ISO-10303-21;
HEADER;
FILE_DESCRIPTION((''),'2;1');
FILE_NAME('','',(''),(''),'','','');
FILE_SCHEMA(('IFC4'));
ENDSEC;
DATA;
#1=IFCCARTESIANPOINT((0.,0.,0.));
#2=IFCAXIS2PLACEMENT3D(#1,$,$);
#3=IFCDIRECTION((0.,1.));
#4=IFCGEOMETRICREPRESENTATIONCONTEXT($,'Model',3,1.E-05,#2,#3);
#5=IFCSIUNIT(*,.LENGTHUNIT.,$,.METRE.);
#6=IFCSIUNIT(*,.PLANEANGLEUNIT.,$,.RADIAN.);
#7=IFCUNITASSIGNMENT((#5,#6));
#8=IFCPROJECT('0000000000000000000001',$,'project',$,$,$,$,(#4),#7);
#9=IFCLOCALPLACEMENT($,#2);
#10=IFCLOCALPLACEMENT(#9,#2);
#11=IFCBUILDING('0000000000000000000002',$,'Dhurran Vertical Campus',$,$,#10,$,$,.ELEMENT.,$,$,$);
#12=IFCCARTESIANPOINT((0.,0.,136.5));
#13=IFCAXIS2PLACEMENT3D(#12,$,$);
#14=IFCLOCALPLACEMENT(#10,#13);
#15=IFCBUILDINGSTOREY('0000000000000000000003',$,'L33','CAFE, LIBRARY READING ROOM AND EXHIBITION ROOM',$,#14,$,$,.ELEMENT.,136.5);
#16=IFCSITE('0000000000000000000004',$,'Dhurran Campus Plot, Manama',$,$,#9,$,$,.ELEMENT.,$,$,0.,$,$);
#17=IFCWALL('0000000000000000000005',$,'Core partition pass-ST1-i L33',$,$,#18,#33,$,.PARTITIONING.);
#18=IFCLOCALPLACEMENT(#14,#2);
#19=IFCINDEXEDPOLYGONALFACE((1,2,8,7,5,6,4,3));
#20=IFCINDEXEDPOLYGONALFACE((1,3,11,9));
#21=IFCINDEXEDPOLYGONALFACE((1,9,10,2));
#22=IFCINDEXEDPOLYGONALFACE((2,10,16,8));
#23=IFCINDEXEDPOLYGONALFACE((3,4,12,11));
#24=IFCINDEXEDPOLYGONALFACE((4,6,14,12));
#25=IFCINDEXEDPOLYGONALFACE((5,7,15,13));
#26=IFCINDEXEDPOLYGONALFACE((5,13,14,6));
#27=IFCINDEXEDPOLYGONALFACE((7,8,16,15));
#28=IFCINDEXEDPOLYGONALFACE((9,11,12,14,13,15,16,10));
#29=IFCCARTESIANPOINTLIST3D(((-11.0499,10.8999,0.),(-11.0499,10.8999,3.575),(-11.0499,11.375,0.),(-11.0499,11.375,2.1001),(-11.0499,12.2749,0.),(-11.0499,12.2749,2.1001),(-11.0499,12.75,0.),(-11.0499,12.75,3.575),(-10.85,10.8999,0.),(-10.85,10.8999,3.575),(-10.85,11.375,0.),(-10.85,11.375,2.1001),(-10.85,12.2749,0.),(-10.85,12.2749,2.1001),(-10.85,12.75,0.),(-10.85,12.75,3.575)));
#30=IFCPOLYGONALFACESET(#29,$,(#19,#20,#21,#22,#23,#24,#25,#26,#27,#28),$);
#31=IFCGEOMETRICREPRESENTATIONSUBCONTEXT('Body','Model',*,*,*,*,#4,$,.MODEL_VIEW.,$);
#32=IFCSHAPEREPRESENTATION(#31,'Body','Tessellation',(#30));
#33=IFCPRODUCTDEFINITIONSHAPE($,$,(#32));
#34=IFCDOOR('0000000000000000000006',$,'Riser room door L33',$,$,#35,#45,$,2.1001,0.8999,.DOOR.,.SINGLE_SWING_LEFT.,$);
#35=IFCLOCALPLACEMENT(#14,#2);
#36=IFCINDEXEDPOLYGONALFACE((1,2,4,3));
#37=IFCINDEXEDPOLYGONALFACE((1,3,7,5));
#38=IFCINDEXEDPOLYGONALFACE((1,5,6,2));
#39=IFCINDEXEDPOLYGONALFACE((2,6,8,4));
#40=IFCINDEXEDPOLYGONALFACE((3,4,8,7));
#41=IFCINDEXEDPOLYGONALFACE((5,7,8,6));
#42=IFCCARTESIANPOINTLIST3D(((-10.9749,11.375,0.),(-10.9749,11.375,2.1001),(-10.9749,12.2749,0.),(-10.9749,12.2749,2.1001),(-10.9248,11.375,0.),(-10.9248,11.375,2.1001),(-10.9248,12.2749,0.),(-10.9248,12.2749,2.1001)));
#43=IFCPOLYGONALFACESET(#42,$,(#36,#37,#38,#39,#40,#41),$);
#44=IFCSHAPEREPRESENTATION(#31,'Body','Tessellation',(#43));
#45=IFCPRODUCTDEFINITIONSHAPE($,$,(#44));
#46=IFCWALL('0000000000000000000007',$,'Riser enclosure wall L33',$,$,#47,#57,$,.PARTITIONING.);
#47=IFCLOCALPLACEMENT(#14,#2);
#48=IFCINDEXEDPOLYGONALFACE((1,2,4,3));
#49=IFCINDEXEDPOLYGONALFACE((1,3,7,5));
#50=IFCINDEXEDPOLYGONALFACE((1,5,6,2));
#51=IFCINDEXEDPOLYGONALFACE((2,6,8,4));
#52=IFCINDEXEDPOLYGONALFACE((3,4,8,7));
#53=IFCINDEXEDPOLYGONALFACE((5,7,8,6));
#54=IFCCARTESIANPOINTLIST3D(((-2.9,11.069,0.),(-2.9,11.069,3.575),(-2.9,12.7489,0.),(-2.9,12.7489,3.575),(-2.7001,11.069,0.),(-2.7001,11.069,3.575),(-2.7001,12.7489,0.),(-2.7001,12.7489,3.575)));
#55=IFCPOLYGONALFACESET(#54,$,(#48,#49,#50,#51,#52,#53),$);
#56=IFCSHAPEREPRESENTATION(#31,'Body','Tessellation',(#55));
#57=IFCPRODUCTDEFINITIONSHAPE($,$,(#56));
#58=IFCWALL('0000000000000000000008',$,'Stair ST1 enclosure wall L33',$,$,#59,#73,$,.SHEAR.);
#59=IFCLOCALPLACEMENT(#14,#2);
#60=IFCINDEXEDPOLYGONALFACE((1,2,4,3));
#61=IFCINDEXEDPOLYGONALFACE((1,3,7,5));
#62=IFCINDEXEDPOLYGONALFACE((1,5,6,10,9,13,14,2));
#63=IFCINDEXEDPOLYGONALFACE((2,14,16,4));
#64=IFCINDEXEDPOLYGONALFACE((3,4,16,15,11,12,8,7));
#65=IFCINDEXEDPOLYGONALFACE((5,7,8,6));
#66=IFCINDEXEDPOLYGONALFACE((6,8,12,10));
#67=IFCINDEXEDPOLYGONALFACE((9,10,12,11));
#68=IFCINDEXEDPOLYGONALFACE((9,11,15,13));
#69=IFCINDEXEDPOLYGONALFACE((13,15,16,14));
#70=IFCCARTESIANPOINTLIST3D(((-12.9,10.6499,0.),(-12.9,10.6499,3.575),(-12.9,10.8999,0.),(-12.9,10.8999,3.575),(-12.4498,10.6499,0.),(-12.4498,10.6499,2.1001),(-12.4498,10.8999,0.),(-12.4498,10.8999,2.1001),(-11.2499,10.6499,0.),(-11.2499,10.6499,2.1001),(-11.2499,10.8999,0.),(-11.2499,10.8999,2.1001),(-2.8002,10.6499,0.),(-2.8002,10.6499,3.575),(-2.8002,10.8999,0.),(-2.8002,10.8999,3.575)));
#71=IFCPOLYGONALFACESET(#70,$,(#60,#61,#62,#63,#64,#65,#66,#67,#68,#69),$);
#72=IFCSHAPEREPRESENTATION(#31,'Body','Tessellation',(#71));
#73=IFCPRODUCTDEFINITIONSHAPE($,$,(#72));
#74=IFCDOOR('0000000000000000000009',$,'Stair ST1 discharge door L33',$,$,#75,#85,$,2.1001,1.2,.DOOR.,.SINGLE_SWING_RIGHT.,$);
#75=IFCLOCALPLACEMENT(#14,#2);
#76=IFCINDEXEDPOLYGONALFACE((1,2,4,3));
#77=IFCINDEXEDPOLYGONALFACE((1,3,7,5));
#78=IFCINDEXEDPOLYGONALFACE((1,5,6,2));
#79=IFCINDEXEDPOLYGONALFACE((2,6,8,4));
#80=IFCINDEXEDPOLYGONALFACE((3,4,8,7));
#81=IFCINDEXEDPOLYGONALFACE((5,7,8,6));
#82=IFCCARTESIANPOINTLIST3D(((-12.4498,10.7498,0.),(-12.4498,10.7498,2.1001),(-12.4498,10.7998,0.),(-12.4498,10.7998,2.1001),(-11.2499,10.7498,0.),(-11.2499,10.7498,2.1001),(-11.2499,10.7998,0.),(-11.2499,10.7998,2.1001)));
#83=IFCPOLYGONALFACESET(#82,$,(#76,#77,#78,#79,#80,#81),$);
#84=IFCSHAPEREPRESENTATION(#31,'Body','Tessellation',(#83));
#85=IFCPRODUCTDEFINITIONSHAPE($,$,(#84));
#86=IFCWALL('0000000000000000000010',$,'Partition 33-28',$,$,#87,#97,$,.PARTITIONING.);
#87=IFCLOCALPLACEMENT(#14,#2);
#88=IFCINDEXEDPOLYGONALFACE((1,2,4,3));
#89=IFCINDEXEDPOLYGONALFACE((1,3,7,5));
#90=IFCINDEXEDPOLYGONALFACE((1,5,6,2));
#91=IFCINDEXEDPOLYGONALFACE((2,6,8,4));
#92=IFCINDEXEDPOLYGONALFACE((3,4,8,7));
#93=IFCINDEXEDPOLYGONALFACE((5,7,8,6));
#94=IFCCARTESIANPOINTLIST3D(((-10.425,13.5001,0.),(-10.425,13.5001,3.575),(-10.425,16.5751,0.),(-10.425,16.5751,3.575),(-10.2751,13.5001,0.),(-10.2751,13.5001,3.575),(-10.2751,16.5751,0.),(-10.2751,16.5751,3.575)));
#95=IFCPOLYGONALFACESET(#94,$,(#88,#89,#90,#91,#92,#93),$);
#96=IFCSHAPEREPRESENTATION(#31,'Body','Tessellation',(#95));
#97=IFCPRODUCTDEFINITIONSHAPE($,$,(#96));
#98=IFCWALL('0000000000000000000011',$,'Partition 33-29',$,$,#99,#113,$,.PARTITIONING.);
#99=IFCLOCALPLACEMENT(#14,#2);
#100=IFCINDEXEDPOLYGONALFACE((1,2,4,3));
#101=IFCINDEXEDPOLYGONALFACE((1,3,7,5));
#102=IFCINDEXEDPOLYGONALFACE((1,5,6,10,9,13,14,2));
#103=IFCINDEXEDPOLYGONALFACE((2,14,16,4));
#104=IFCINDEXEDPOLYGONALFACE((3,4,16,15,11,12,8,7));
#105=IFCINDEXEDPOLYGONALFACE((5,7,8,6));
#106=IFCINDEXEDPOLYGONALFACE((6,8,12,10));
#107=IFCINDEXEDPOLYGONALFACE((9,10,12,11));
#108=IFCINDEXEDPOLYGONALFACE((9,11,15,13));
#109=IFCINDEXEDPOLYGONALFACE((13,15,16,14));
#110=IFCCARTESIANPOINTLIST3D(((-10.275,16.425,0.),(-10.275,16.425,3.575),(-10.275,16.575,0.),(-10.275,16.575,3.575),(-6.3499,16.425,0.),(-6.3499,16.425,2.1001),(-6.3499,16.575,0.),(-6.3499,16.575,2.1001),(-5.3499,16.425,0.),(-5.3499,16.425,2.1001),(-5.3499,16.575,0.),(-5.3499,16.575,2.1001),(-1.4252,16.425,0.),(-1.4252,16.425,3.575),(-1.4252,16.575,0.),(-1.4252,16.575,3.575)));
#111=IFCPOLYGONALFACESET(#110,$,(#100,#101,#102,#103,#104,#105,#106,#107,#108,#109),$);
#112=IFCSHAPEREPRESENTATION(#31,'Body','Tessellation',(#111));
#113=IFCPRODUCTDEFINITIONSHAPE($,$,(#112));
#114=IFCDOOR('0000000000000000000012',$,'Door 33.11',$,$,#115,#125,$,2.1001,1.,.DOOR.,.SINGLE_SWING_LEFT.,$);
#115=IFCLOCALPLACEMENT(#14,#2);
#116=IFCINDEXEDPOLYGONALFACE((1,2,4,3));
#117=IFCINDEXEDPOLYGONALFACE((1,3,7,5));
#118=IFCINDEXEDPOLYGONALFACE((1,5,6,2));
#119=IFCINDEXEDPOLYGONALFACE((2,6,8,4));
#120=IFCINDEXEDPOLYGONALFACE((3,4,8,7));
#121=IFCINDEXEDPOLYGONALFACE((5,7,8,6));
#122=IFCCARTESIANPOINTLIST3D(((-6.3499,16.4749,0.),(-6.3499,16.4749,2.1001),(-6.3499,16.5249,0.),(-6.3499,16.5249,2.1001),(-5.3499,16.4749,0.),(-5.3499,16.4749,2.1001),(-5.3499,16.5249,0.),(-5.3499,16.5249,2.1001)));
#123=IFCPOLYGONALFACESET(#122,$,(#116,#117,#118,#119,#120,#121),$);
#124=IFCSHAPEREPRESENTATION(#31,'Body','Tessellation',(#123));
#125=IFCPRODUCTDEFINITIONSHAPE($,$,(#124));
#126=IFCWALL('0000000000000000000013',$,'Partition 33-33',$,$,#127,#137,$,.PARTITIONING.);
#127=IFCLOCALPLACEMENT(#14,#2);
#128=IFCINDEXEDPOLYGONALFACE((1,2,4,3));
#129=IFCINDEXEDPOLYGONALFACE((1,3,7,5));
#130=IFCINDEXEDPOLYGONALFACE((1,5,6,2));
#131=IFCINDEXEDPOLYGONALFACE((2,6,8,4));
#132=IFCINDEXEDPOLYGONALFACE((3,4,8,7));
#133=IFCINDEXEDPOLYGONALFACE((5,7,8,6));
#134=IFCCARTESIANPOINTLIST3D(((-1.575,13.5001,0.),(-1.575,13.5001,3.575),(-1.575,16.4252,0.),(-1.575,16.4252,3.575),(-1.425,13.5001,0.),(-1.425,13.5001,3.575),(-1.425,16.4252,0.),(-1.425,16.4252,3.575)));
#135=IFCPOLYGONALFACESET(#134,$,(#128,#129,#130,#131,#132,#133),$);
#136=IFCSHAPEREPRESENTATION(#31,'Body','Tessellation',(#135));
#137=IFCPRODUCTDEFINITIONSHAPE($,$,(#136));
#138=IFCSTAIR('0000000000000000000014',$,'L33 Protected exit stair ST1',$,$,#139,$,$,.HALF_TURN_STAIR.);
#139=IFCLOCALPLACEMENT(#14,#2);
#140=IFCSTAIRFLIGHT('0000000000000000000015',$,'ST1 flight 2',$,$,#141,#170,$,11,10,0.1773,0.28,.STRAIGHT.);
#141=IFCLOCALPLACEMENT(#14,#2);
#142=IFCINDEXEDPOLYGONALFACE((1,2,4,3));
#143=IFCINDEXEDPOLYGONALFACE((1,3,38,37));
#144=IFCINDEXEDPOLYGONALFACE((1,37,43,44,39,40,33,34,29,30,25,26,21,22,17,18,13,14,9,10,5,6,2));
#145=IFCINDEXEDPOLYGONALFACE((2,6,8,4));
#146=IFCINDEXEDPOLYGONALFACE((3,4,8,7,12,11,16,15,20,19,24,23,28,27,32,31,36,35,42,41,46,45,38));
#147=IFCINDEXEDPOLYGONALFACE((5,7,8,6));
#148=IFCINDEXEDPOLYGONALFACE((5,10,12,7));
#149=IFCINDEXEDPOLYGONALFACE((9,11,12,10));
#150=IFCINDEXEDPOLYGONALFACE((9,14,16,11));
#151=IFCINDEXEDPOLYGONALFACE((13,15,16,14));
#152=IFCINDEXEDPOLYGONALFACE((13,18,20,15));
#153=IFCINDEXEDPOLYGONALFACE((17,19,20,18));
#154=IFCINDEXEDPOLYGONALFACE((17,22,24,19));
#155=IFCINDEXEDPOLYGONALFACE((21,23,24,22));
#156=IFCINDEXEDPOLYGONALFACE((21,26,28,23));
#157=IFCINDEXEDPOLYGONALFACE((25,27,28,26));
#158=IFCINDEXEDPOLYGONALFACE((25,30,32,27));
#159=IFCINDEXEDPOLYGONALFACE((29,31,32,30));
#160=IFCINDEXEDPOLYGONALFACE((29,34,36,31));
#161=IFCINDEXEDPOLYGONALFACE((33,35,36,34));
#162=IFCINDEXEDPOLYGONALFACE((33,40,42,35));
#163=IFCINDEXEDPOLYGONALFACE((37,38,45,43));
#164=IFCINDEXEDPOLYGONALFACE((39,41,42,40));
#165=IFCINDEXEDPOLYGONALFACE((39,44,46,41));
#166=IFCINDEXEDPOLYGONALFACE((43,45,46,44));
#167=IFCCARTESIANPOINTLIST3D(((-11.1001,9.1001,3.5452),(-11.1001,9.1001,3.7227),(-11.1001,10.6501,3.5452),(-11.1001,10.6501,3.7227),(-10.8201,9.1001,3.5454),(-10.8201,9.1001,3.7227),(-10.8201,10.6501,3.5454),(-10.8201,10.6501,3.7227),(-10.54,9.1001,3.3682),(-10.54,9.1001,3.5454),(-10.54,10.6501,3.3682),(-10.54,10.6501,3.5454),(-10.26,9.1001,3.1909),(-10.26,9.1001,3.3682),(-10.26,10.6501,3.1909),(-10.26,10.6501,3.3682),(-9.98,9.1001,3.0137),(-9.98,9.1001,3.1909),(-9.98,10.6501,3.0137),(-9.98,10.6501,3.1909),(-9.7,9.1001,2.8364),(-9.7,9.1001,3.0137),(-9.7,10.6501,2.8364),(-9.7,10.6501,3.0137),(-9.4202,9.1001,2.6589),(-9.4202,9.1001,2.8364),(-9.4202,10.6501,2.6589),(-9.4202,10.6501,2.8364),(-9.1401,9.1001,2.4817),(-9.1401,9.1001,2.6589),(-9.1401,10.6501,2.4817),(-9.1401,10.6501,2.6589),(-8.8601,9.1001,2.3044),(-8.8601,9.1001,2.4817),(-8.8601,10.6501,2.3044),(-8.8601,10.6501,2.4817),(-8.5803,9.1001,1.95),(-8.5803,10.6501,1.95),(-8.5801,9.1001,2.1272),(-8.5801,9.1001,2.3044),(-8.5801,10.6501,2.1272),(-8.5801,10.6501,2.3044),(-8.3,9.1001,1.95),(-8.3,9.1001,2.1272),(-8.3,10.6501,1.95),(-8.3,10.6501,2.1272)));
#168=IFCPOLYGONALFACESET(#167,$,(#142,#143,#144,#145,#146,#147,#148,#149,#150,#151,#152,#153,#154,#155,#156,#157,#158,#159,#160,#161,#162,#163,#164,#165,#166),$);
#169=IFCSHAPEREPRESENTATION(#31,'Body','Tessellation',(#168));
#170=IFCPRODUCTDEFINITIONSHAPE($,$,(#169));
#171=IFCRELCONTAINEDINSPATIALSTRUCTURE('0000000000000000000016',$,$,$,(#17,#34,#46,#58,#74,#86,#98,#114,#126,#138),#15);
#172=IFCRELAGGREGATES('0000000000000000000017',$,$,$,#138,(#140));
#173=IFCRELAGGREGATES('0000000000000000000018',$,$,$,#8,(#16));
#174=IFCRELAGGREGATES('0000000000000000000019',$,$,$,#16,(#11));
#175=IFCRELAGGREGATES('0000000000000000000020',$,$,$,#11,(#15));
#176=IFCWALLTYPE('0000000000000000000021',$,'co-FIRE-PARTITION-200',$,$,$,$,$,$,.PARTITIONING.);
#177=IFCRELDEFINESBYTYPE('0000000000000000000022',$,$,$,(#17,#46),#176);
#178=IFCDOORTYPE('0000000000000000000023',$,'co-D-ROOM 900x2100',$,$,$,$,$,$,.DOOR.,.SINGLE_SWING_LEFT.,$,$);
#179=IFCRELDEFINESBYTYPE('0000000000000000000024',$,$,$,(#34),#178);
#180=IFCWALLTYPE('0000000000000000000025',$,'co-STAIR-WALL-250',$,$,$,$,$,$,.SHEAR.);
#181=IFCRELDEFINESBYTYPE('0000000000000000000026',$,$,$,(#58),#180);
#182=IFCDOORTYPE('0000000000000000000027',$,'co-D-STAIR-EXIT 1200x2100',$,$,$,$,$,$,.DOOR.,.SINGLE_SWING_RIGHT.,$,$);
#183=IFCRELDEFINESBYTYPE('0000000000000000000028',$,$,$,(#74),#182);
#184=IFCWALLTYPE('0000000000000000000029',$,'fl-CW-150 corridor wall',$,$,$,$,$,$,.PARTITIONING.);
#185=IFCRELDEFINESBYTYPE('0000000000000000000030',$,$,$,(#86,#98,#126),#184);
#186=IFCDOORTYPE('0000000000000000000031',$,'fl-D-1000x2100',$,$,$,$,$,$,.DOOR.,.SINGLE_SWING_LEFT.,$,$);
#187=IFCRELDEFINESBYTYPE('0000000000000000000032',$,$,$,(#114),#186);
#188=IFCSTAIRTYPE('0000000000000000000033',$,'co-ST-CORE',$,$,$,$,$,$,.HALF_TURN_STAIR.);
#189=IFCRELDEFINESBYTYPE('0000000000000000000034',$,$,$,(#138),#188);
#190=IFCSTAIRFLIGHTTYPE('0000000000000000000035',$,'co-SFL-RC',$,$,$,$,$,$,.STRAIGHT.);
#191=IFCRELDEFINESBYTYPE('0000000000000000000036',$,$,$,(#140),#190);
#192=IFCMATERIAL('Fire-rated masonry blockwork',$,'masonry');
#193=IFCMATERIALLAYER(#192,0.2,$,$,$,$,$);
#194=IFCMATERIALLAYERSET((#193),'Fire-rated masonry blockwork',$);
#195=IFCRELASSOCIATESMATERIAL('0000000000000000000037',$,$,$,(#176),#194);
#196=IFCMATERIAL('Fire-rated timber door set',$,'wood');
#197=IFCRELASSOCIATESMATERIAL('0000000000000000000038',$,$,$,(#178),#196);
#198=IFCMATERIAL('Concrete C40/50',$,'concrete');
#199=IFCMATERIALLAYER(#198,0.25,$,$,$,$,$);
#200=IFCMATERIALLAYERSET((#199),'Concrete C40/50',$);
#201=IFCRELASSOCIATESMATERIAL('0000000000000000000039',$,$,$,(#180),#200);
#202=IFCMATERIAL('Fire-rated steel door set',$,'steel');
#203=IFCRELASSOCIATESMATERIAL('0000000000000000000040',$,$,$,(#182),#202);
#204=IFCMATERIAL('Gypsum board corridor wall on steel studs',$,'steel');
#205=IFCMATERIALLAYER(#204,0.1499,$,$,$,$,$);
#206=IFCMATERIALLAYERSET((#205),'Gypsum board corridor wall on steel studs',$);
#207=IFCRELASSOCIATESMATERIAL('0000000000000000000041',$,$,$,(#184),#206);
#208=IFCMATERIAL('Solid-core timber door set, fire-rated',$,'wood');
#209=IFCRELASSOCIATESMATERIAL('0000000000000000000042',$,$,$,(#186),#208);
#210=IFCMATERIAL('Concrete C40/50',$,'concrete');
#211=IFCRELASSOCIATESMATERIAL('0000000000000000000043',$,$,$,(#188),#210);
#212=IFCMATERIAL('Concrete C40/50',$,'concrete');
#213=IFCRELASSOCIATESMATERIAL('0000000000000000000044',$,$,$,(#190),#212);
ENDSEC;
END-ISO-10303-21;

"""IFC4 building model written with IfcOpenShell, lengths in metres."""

from ifc_helpers import new_model, si_unit, direction, frame, frame_2d, origin, place, context, subcontext, project, spatial, polyline, rectangle, outline, extrude, material, layer, layer_set, type_object, element, fill, aggregate, save


model = new_model("IFC4")

# Units and contexts
model_context = context("Model", 3, precision=1e-05, world=origin(), true_north=direction((0.0, 1.0)))
body_context = subcontext(model_context, "Body", "Model", "MODEL_VIEW")
ifc_project = project(units=[si_unit("LENGTHUNIT", "METRE"), si_unit("PLANEANGLEUNIT", "RADIAN")], contexts=[model_context])

# Site, building, storey
site_placement = place(None, origin())
site = spatial("IfcSite", under=ifc_project, at=site_placement, Name="Dhurran Campus Plot, Manama", CompositionType="ELEMENT", RefElevation=0.0)
building_placement = place(site_placement, origin())
building = spatial("IfcBuilding", under=site, at=building_placement, Name="Dhurran Vertical Campus", CompositionType="ELEMENT")
storey_placement = place(building_placement, frame((0.0, 0.0, 136.5)))
storey = spatial("IfcBuildingStorey", under=building, at=storey_placement, Name="L33", Description="CAFE, LIBRARY READING ROOM AND EXHIBITION ROOM", CompositionType="ELEMENT", Elevation=136.5)

# Shared definitions
ifc_material_1 = material(Name="Fire-rated masonry blockwork", Category="masonry")
ifc_layer_1 = layer(ifc_material_1, 0.2)
ifc_layer_set_1 = layer_set([ifc_layer_1], Name="Fire-rated masonry blockwork")
wall_type_1 = type_object("IfcWallType", Name="co-FIRE-PARTITION-200", PredefinedType="PARTITIONING", material=ifc_layer_set_1)

# Wall, opening, door
wall_1_placement = place(storey_placement, frame((-10.95, 10.8999, 0.0), z_axis=(0.0, 0.0, 1.0), x_axis=(0.0, 1.0, 0.0)))
wall_1 = element("IfcWall", 1, at=wall_1_placement, inside=storey, type_object=wall_type_1, Name="Core partition pass-ST1-i L33", PredefinedType="PARTITIONING", context=body_context, shape_type="SweptSolid", body=[
    extrude(rectangle(XDim=1.8501, YDim=0.2, at=frame_2d((0.925, 0.0))), origin(), (0.0, 0.0, 1.0), 3.575),
])
opening_1_placement = place(wall_1_placement, frame((0.4751, 0.0, 0.0)))
opening_1 = element("IfcOpeningElement", 2, at=opening_1_placement, cuts=wall_1, PredefinedType="OPENING", context=body_context, shape_type="SweptSolid", body=[
    extrude(rectangle(XDim=0.8999, YDim=2.1001, at=frame_2d((0.45, 1.05))), frame((0.0, 0.1099, 0.0), z_axis=(0.0, -1.0, 0.0), x_axis=(1.0, 0.0, 0.0)), (0.0, 0.0, 1.0), 0.22),
])
ifc_material_2 = material(Name="Fire-rated timber door set", Category="wood")
door_type_1 = type_object("IfcDoorType", Name="co-D-ROOM 900x2100", OperationType="SINGLE_SWING_LEFT", PredefinedType="DOOR", material=ifc_material_2)
door_1_placement = place(opening_1_placement, origin())
door_1 = element("IfcDoor", 3, at=door_1_placement, inside=storey, type_object=door_type_1, Name="Riser room door L33", OperationType="SINGLE_SWING_LEFT", OverallHeight=2.1001, OverallWidth=0.8999, PredefinedType="DOOR", context=body_context, shape_type="SweptSolid", body=[
    extrude(rectangle(XDim=0.8999, YDim=2.1001, at=frame_2d((0.45, 1.05))), frame((0.0, 0.0249, 0.0), z_axis=(0.0, -1.0, 0.0), x_axis=(1.0, 0.0, 0.0)), (0.0, 0.0, 1.0), 0.05),
])
fill(opening_1, door_1)

# Wall
wall_2_placement = place(storey_placement, frame((-2.8, 11.0691, 0.0), z_axis=(0.0, 0.0, 1.0), x_axis=(0.0, 1.0, 0.0)))
element("IfcWall", 4, at=wall_2_placement, inside=storey, type_object=wall_type_1, Name="Riser enclosure wall L33", PredefinedType="PARTITIONING", context=body_context, shape_type="SweptSolid", body=[
    extrude(rectangle(XDim=1.6799, YDim=0.2, at=frame_2d((0.8398, 0.0))), origin(), (0.0, 0.0, 1.0), 3.575),
])

# Wall, opening, door
ifc_material_3 = material(Name="Concrete C40/50", Category="concrete")
ifc_layer_2 = layer(ifc_material_3, 0.25)
ifc_layer_set_2 = layer_set([ifc_layer_2], Name="Concrete C40/50")
wall_type_2 = type_object("IfcWallType", Name="co-STAIR-WALL-250", PredefinedType="SHEAR", material=ifc_layer_set_2)
wall_3_placement = place(storey_placement, frame((-12.8999, 10.7749, 0.0), z_axis=(0.0, 0.0, 1.0), x_axis=(1.0, 0.0, 0.0)))
wall_3 = element("IfcWall", 5, at=wall_3_placement, inside=storey, type_object=wall_type_2, Name="Stair ST1 enclosure wall L33", PredefinedType="SHEAR", context=body_context, shape_type="SweptSolid", body=[
    extrude(rectangle(XDim=10.0999, YDim=0.25, at=frame_2d((5.0498, 0.0))), origin(), (0.0, 0.0, 1.0), 3.575),
])
opening_2_placement = place(wall_3_placement, frame((0.45, 0.0, 0.0)))
opening_2 = element("IfcOpeningElement", 6, at=opening_2_placement, cuts=wall_3, PredefinedType="OPENING", context=body_context, shape_type="SweptSolid", body=[
    extrude(rectangle(XDim=1.2, YDim=2.1001, at=frame_2d((0.6001, 1.05))), frame((0.0, 0.135, 0.0), z_axis=(0.0, -1.0, 0.0), x_axis=(1.0, 0.0, 0.0)), (0.0, 0.0, 1.0), 0.27),
])
ifc_material_4 = material(Name="Fire-rated steel door set", Category="steel")
door_type_2 = type_object("IfcDoorType", Name="co-D-STAIR-EXIT 1200x2100", OperationType="SINGLE_SWING_RIGHT", PredefinedType="DOOR", material=ifc_material_4)
door_2_placement = place(opening_2_placement, origin())
door_2 = element("IfcDoor", 7, at=door_2_placement, inside=storey, type_object=door_type_2, Name="Stair ST1 discharge door L33", OperationType="SINGLE_SWING_RIGHT", OverallHeight=2.1001, OverallWidth=1.2, PredefinedType="DOOR", context=body_context, shape_type="SweptSolid", body=[
    extrude(rectangle(XDim=1.2, YDim=2.1001, at=frame_2d((0.6001, 1.05))), frame((0.0, 0.0249, 0.0), z_axis=(0.0, -1.0, 0.0), x_axis=(1.0, 0.0, 0.0)), (0.0, 0.0, 1.0), 0.05),
])
fill(opening_2, door_2)

# Wall
ifc_material_5 = material(Name="Gypsum board corridor wall on steel studs", Category="steel")
ifc_layer_3 = layer(ifc_material_5, 0.1499)
ifc_layer_set_3 = layer_set([ifc_layer_3], Name="Gypsum board corridor wall on steel studs")
wall_type_3 = type_object("IfcWallType", Name="fl-CW-150 corridor wall", PredefinedType="PARTITIONING", material=ifc_layer_set_3)
wall_4_placement = place(storey_placement, frame((-10.3501, 13.5, 0.0), z_axis=(0.0, 0.0, 1.0), x_axis=(0.0, 1.0, 0.0)))
element("IfcWall", 8, at=wall_4_placement, inside=storey, type_object=wall_type_3, Name="Partition 33-28", PredefinedType="PARTITIONING", context=body_context, shape_type="SweptSolid", body=[
    extrude(rectangle(XDim=3.075, YDim=0.1499, at=frame_2d((1.5376, 0.0))), origin(), (0.0, 0.0, 1.0), 3.575),
])

# Wall, opening, door
wall_5_placement = place(storey_placement, frame((-10.2749, 16.5, 0.0), z_axis=(0.0, 0.0, 1.0), x_axis=(1.0, 0.0, 0.0)))
wall_5 = element("IfcWall", 9, at=wall_5_placement, inside=storey, type_object=wall_type_3, Name="Partition 33-29", PredefinedType="PARTITIONING", context=body_context, shape_type="SweptSolid", body=[
    extrude(rectangle(XDim=8.8499, YDim=0.1499, at=frame_2d((4.4248, 0.0))), origin(), (0.0, 0.0, 1.0), 3.575),
])
opening_3_placement = place(wall_5_placement, frame((3.925, 0.0, 0.0)))
opening_3 = element("IfcOpeningElement", 10, at=opening_3_placement, cuts=wall_5, PredefinedType="OPENING", context=body_context, shape_type="SweptSolid", body=[
    extrude(rectangle(XDim=1.0, YDim=2.1001, at=frame_2d((0.5, 1.05))), frame((0.0, 0.085, 0.0), z_axis=(0.0, -1.0, 0.0), x_axis=(1.0, 0.0, 0.0)), (0.0, 0.0, 1.0), 0.1699),
])
ifc_material_6 = material(Name="Solid-core timber door set, fire-rated", Category="wood")
door_type_3 = type_object("IfcDoorType", Name="fl-D-1000x2100", OperationType="SINGLE_SWING_LEFT", PredefinedType="DOOR", material=ifc_material_6)
door_3_placement = place(opening_3_placement, origin())
door_3 = element("IfcDoor", 11, at=door_3_placement, inside=storey, type_object=door_type_3, Name="Door 33.11", OperationType="SINGLE_SWING_LEFT", OverallHeight=2.1001, OverallWidth=1.0, PredefinedType="DOOR", context=body_context, shape_type="SweptSolid", body=[
    extrude(rectangle(XDim=1.0, YDim=2.1001, at=frame_2d((0.5, 1.05))), frame((0.0, 0.0249, 0.0), z_axis=(0.0, -1.0, 0.0), x_axis=(1.0, 0.0, 0.0)), (0.0, 0.0, 1.0), 0.05),
])
fill(opening_3, door_3)

# Wall
wall_6_placement = place(storey_placement, frame((-1.5, 16.425, 0.0), z_axis=(0.0, 0.0, 1.0), x_axis=(0.0, -1.0, 0.0)))
element("IfcWall", 12, at=wall_6_placement, inside=storey, type_object=wall_type_3, Name="Partition 33-33", PredefinedType="PARTITIONING", context=body_context, shape_type="SweptSolid", body=[
    extrude(rectangle(XDim=2.925, YDim=0.1499, at=frame_2d((1.4624, 0.0))), origin(), (0.0, 0.0, 1.0), 3.575),
])

# Stair, stair flight
ifc_material_7 = material(Name="Concrete C40/50", Category="concrete")
stair_type = type_object("IfcStairType", Name="co-ST-CORE", PredefinedType="HALF_TURN_STAIR", material=ifc_material_7)
stair_placement = place(storey_placement, origin())
stair = element("IfcStair", 13, at=stair_placement, inside=storey, type_object=stair_type, Name="L33 Protected exit stair ST1", PredefinedType="HALF_TURN_STAIR")
ifc_material_8 = material(Name="Concrete C40/50", Category="concrete")
stair_flight_type = type_object("IfcStairFlightType", Name="co-SFL-RC", PredefinedType="STRAIGHT", material=ifc_material_8)
stair_flight_placement = place(storey_placement, frame((-8.3, 9.875, 1.95), z_axis=(0.0, 0.0, 1.0), x_axis=(-1.0, 0.0, 0.0)))
stair_flight = element("IfcStairFlight", 14, at=stair_flight_placement, type_object=stair_flight_type, Name="ST1 flight 2", NumberOfRisers=11, NumberOfTreads=10, PredefinedType="STRAIGHT", RiserHeight=0.1773, TreadLength=0.28, context=body_context, shape_type="SweptSolid", body=[
    extrude(outline(polyline([(0.0, 0.0), (0.0, 0.1772), (0.28, 0.1772), (0.28, 0.3545), (0.5601, 0.3545), (0.5601, 0.5317), (0.8401, 0.5317), (0.8401, 0.709), (1.1201, 0.709), (1.1201, 0.8865), (1.3999, 0.8865), (1.3999, 1.0637), (1.6799, 1.0637), (1.6799, 1.241), (1.96, 1.241), (1.96, 1.4182), (2.24, 1.4182), (2.24, 1.5955), (2.52, 1.5955), (2.52, 1.7727), (2.8, 1.7727), (2.8, 1.95), (2.8, 1.5952), (0.2803, 0.0), (0.0, 0.0)])), frame((0.0, 0.7749, 0.0), z_axis=(0.0, -1.0, 0.0), x_axis=(1.0, 0.0, 0.0)), (0.0, 0.0, 1.0), 1.55),
])
aggregate(stair, [stair_flight])

save(model, "model.ifc")
